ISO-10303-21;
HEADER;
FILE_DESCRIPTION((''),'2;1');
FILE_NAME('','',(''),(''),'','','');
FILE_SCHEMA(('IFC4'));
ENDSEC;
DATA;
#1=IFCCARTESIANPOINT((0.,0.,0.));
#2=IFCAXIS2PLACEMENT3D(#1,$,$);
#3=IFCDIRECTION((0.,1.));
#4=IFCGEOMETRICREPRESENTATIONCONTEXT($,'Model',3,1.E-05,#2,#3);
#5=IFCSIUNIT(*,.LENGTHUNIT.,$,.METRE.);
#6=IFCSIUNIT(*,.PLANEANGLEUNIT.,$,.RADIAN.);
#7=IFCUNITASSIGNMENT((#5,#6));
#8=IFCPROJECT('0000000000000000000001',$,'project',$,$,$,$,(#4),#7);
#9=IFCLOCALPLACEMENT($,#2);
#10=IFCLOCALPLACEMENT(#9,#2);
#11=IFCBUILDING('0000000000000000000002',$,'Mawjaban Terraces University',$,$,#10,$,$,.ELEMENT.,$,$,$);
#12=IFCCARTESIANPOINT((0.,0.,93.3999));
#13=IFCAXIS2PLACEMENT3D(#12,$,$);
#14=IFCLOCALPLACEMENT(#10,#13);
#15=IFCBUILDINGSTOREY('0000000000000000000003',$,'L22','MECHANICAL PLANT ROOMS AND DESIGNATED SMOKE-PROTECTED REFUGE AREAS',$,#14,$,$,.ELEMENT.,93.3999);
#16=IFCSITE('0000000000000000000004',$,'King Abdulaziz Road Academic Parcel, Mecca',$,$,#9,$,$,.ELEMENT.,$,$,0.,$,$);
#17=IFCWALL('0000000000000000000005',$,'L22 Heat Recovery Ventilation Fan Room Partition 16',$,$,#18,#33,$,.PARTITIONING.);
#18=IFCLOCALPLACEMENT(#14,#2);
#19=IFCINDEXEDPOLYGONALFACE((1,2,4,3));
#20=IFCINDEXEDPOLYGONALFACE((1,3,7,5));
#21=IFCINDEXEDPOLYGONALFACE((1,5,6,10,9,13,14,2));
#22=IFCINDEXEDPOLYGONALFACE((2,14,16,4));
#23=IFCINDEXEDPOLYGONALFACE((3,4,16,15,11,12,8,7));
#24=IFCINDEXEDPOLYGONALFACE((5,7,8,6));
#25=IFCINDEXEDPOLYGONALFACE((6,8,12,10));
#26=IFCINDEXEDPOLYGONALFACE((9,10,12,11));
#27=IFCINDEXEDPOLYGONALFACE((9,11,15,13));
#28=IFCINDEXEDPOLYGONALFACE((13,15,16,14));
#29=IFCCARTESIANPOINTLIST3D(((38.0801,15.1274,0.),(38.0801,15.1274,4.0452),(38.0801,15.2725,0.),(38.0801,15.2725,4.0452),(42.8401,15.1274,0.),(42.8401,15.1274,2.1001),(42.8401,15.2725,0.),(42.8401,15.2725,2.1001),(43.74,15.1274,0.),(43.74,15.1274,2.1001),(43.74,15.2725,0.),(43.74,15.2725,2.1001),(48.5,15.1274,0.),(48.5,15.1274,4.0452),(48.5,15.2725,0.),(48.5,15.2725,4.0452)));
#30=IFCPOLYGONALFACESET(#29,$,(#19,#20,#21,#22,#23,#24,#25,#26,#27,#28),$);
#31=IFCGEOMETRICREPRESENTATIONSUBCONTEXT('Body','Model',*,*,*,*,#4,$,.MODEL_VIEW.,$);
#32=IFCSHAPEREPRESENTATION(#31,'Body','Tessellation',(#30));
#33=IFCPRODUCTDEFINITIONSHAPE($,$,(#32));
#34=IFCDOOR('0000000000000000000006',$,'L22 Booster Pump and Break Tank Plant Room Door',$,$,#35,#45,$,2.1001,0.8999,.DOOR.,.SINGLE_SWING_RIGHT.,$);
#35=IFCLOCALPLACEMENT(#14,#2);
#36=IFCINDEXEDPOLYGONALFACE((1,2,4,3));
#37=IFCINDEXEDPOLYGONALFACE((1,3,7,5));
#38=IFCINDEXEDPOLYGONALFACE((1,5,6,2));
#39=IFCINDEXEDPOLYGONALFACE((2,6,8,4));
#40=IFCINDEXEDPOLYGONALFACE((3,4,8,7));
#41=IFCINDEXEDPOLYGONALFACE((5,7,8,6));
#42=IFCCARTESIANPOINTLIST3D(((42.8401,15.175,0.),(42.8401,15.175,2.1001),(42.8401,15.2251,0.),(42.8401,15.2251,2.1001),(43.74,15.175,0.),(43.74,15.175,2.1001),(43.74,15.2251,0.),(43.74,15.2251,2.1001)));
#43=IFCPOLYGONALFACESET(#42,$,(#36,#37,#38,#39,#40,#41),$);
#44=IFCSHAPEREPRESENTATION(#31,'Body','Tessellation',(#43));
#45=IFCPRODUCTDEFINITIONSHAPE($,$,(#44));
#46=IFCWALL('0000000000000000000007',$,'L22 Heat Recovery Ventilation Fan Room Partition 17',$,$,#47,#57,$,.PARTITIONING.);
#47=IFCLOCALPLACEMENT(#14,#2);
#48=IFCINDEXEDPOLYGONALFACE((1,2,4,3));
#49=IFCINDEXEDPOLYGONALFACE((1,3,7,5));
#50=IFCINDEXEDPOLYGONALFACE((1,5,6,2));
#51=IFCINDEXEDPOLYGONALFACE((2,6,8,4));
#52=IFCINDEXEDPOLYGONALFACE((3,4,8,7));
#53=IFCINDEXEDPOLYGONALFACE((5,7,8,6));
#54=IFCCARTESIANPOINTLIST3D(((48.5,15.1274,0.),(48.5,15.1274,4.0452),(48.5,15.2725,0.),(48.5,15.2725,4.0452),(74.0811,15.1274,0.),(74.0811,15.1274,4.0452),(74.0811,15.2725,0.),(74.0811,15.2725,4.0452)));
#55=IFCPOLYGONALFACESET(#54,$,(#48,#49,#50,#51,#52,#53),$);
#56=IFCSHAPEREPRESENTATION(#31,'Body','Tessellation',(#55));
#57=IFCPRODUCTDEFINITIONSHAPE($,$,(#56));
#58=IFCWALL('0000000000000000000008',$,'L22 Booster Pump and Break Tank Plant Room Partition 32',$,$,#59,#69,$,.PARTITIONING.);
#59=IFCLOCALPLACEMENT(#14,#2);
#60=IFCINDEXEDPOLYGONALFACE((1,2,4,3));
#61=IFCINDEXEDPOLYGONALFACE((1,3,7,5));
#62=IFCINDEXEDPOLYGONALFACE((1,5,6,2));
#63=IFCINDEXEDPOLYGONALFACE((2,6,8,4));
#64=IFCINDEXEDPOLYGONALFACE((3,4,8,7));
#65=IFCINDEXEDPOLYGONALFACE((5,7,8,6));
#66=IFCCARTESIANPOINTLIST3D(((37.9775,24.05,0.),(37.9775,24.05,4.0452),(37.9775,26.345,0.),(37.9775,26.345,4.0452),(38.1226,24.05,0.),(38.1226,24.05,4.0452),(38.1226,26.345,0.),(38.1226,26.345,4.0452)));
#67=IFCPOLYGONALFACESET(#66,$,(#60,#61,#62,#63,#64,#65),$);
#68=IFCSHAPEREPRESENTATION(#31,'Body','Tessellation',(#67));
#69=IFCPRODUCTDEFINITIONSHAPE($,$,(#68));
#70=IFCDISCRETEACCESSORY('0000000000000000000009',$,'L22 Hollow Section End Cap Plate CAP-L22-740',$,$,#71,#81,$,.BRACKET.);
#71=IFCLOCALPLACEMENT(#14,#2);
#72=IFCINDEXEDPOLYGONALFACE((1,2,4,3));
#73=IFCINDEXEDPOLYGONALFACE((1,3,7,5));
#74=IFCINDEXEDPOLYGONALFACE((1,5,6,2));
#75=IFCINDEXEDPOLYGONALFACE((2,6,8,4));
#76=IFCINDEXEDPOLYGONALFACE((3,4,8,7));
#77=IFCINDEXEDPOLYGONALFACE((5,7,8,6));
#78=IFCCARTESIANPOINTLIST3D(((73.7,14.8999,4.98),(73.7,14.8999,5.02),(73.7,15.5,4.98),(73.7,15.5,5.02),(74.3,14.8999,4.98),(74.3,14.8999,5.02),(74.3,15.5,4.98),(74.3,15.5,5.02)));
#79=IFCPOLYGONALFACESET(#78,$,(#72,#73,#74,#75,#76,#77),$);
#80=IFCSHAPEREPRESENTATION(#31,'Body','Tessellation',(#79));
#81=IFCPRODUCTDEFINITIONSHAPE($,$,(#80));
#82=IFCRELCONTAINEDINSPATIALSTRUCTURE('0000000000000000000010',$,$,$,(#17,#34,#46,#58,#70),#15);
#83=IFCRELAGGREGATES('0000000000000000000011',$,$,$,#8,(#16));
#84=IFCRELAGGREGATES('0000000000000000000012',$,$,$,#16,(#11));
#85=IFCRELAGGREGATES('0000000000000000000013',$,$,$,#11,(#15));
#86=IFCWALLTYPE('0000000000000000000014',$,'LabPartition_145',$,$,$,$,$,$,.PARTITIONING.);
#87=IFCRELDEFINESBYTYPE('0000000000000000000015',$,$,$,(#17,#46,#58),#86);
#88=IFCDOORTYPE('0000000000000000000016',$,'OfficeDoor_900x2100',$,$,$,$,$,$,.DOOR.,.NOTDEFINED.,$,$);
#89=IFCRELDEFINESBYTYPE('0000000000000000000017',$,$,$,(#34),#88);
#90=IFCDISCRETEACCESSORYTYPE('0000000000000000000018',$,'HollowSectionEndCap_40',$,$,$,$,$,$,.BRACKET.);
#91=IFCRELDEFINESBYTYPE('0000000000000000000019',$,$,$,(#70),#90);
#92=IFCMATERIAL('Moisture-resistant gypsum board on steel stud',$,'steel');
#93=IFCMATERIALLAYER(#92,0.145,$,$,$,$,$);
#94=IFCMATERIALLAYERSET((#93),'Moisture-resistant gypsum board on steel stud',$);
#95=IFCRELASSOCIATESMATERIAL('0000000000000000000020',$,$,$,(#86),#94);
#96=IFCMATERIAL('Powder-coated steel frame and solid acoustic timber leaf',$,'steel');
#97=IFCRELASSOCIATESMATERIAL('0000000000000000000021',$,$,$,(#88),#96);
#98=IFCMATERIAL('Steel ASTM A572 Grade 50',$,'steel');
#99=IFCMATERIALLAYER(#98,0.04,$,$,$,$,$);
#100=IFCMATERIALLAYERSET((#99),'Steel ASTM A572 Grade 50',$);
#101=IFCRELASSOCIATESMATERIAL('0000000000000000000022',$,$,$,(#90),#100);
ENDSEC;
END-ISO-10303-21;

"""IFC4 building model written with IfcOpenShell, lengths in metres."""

from ifc_helpers import new_model, si_unit, direction, frame, frame_2d, origin, origin_2d, place, context, subcontext, project, spatial, rectangle, extrude, material, layer, layer_set, type_object, element, fill, save


model = new_model("IFC4")

# Units and contexts
model_context = context("Model", 3, precision=1e-05, world=origin(), true_north=direction((0.0, 1.0)))
body_context = subcontext(model_context, "Body", "Model", "MODEL_VIEW")
ifc_project = project(units=[si_unit("LENGTHUNIT", "METRE"), si_unit("PLANEANGLEUNIT", "RADIAN")], contexts=[model_context])

# Site, building, storey
site_placement = place(None, origin())
site = spatial("IfcSite", under=ifc_project, at=site_placement, Name="King Abdulaziz Road Academic Parcel, Mecca", CompositionType="ELEMENT", RefElevation=0.0)
building_placement = place(site_placement, origin())
building = spatial("IfcBuilding", under=site, at=building_placement, Name="Mawjaban Terraces University", CompositionType="ELEMENT")
storey_placement = place(building_placement, frame((0.0, 0.0, 93.3999)))
storey = spatial("IfcBuildingStorey", under=building, at=storey_placement, Name="L22", Description="MECHANICAL PLANT ROOMS AND DESIGNATED SMOKE-PROTECTED REFUGE AREAS", CompositionType="ELEMENT", Elevation=93.3999)

# Shared definitions
ifc_material_1 = material(Name="Steel ASTM A572 Grade 50", Category="steel")

# Wall, opening, door
ifc_material_2 = material(Name="Moisture-resistant gypsum board on steel stud", Category="steel")
ifc_layer_1 = layer(ifc_material_2, 0.145)
ifc_layer_set_1 = layer_set([ifc_layer_1], Name="Moisture-resistant gypsum board on steel stud")
wall_type_1 = type_object("IfcWallType", Name="LabPartition_145", PredefinedType="PARTITIONING", material=ifc_layer_set_1)
wall_1_placement = place(storey_placement, frame((48.5, 15.2, 0.0), z_axis=(0.0, 0.0, 1.0), x_axis=(-1.0, 0.0, 0.0)))
wall_1 = element("IfcWall", 1, at=wall_1_placement, inside=storey, type_object=wall_type_1, Name="L22 Heat Recovery Ventilation Fan Room Partition 16", PredefinedType="PARTITIONING", context=body_context, shape_type="SweptSolid", body=[
    extrude(rectangle(XDim=10.4199, YDim=0.145, at=frame_2d((5.21, 0.0))), origin(), (0.0, 0.0, 1.0), 4.0452),
])
opening_placement = place(wall_1_placement, frame((4.76, 0.0, 0.0)))
opening = element("IfcOpeningElement", 2, at=opening_placement, cuts=wall_1, PredefinedType="OPENING", context=body_context, shape_type="SweptSolid", body=[
    extrude(rectangle(XDim=0.8999, YDim=2.1001, at=frame_2d((0.45, 1.05))), frame((0.0, 0.0825, 0.0), z_axis=(0.0, -1.0, 0.0), x_axis=(1.0, 0.0, 0.0)), (0.0, 0.0, 1.0), 0.165),
])
ifc_material_3 = material(Name="Powder-coated steel frame and solid acoustic timber leaf", Category="steel")
door_type = type_object("IfcDoorType", Name="OfficeDoor_900x2100", OperationType="NOTDEFINED", PredefinedType="DOOR", material=ifc_material_3)
door_placement = place(opening_placement, origin())
door = element("IfcDoor", 3, at=door_placement, inside=storey, type_object=door_type, Name="L22 Booster Pump and Break Tank Plant Room Door", OperationType="SINGLE_SWING_RIGHT", OverallHeight=2.1001, OverallWidth=0.8999, PredefinedType="DOOR", context=body_context, shape_type="SweptSolid", body=[
    extrude(rectangle(XDim=0.8999, YDim=2.1001, at=frame_2d((0.45, 1.05))), frame((0.0, 0.0249, 0.0), z_axis=(0.0, -1.0, 0.0), x_axis=(1.0, 0.0, 0.0)), (0.0, 0.0, 1.0), 0.05),
])
fill(opening, door)

# Walls
wall_2_placement = place(storey_placement, frame((74.0811, 15.2, 0.0), z_axis=(0.0, 0.0, 1.0), x_axis=(-1.0, 0.0, 0.0)))
element("IfcWall", 4, at=wall_2_placement, inside=storey, type_object=wall_type_1, Name="L22 Heat Recovery Ventilation Fan Room Partition 17", PredefinedType="PARTITIONING", context=body_context, shape_type="SweptSolid", body=[
    extrude(rectangle(XDim=25.5811, YDim=0.145, at=frame_2d((12.7905, 0.0))), origin(), (0.0, 0.0, 1.0), 4.0452),
])
wall_3_placement = place(storey_placement, frame((38.05, 26.345, 0.0), z_axis=(0.0, 0.0, 1.0), x_axis=(0.0, -1.0, 0.0)))
element("IfcWall", 5, at=wall_3_placement, inside=storey, type_object=wall_type_1, Name="L22 Booster Pump and Break Tank Plant Room Partition 32", PredefinedType="PARTITIONING", context=body_context, shape_type="SweptSolid", body=[
    extrude(rectangle(XDim=2.2949, YDim=0.145, at=frame_2d((1.1475, 0.0))), origin(), (0.0, 0.0, 1.0), 4.0452),
])

# Discrete accessory
ifc_layer_2 = layer(ifc_material_1, 0.04)
ifc_layer_set_2 = layer_set([ifc_layer_2], Name="Steel ASTM A572 Grade 50")
discrete_accessory_type = type_object("IfcDiscreteAccessoryType", Name="HollowSectionEndCap_40", PredefinedType="BRACKET", material=ifc_layer_set_2)
discrete_accessory_placement = place(storey_placement, frame((74.0, 15.2, 4.98), z_axis=(0.0, 0.0, 1.0), x_axis=(1.0, 0.0, 0.0)))
element("IfcDiscreteAccessory", 6, at=discrete_accessory_placement, inside=storey, type_object=discrete_accessory_type, Name="L22 Hollow Section End Cap Plate CAP-L22-740", PredefinedType="BRACKET", context=body_context, shape_type="SweptSolid", body=[
    extrude(rectangle(XDim=0.6001, YDim=0.6001, at=origin_2d()), origin(), (0.0, 0.0, 1.0), 0.04),
])

save(model, "model.ifc")
